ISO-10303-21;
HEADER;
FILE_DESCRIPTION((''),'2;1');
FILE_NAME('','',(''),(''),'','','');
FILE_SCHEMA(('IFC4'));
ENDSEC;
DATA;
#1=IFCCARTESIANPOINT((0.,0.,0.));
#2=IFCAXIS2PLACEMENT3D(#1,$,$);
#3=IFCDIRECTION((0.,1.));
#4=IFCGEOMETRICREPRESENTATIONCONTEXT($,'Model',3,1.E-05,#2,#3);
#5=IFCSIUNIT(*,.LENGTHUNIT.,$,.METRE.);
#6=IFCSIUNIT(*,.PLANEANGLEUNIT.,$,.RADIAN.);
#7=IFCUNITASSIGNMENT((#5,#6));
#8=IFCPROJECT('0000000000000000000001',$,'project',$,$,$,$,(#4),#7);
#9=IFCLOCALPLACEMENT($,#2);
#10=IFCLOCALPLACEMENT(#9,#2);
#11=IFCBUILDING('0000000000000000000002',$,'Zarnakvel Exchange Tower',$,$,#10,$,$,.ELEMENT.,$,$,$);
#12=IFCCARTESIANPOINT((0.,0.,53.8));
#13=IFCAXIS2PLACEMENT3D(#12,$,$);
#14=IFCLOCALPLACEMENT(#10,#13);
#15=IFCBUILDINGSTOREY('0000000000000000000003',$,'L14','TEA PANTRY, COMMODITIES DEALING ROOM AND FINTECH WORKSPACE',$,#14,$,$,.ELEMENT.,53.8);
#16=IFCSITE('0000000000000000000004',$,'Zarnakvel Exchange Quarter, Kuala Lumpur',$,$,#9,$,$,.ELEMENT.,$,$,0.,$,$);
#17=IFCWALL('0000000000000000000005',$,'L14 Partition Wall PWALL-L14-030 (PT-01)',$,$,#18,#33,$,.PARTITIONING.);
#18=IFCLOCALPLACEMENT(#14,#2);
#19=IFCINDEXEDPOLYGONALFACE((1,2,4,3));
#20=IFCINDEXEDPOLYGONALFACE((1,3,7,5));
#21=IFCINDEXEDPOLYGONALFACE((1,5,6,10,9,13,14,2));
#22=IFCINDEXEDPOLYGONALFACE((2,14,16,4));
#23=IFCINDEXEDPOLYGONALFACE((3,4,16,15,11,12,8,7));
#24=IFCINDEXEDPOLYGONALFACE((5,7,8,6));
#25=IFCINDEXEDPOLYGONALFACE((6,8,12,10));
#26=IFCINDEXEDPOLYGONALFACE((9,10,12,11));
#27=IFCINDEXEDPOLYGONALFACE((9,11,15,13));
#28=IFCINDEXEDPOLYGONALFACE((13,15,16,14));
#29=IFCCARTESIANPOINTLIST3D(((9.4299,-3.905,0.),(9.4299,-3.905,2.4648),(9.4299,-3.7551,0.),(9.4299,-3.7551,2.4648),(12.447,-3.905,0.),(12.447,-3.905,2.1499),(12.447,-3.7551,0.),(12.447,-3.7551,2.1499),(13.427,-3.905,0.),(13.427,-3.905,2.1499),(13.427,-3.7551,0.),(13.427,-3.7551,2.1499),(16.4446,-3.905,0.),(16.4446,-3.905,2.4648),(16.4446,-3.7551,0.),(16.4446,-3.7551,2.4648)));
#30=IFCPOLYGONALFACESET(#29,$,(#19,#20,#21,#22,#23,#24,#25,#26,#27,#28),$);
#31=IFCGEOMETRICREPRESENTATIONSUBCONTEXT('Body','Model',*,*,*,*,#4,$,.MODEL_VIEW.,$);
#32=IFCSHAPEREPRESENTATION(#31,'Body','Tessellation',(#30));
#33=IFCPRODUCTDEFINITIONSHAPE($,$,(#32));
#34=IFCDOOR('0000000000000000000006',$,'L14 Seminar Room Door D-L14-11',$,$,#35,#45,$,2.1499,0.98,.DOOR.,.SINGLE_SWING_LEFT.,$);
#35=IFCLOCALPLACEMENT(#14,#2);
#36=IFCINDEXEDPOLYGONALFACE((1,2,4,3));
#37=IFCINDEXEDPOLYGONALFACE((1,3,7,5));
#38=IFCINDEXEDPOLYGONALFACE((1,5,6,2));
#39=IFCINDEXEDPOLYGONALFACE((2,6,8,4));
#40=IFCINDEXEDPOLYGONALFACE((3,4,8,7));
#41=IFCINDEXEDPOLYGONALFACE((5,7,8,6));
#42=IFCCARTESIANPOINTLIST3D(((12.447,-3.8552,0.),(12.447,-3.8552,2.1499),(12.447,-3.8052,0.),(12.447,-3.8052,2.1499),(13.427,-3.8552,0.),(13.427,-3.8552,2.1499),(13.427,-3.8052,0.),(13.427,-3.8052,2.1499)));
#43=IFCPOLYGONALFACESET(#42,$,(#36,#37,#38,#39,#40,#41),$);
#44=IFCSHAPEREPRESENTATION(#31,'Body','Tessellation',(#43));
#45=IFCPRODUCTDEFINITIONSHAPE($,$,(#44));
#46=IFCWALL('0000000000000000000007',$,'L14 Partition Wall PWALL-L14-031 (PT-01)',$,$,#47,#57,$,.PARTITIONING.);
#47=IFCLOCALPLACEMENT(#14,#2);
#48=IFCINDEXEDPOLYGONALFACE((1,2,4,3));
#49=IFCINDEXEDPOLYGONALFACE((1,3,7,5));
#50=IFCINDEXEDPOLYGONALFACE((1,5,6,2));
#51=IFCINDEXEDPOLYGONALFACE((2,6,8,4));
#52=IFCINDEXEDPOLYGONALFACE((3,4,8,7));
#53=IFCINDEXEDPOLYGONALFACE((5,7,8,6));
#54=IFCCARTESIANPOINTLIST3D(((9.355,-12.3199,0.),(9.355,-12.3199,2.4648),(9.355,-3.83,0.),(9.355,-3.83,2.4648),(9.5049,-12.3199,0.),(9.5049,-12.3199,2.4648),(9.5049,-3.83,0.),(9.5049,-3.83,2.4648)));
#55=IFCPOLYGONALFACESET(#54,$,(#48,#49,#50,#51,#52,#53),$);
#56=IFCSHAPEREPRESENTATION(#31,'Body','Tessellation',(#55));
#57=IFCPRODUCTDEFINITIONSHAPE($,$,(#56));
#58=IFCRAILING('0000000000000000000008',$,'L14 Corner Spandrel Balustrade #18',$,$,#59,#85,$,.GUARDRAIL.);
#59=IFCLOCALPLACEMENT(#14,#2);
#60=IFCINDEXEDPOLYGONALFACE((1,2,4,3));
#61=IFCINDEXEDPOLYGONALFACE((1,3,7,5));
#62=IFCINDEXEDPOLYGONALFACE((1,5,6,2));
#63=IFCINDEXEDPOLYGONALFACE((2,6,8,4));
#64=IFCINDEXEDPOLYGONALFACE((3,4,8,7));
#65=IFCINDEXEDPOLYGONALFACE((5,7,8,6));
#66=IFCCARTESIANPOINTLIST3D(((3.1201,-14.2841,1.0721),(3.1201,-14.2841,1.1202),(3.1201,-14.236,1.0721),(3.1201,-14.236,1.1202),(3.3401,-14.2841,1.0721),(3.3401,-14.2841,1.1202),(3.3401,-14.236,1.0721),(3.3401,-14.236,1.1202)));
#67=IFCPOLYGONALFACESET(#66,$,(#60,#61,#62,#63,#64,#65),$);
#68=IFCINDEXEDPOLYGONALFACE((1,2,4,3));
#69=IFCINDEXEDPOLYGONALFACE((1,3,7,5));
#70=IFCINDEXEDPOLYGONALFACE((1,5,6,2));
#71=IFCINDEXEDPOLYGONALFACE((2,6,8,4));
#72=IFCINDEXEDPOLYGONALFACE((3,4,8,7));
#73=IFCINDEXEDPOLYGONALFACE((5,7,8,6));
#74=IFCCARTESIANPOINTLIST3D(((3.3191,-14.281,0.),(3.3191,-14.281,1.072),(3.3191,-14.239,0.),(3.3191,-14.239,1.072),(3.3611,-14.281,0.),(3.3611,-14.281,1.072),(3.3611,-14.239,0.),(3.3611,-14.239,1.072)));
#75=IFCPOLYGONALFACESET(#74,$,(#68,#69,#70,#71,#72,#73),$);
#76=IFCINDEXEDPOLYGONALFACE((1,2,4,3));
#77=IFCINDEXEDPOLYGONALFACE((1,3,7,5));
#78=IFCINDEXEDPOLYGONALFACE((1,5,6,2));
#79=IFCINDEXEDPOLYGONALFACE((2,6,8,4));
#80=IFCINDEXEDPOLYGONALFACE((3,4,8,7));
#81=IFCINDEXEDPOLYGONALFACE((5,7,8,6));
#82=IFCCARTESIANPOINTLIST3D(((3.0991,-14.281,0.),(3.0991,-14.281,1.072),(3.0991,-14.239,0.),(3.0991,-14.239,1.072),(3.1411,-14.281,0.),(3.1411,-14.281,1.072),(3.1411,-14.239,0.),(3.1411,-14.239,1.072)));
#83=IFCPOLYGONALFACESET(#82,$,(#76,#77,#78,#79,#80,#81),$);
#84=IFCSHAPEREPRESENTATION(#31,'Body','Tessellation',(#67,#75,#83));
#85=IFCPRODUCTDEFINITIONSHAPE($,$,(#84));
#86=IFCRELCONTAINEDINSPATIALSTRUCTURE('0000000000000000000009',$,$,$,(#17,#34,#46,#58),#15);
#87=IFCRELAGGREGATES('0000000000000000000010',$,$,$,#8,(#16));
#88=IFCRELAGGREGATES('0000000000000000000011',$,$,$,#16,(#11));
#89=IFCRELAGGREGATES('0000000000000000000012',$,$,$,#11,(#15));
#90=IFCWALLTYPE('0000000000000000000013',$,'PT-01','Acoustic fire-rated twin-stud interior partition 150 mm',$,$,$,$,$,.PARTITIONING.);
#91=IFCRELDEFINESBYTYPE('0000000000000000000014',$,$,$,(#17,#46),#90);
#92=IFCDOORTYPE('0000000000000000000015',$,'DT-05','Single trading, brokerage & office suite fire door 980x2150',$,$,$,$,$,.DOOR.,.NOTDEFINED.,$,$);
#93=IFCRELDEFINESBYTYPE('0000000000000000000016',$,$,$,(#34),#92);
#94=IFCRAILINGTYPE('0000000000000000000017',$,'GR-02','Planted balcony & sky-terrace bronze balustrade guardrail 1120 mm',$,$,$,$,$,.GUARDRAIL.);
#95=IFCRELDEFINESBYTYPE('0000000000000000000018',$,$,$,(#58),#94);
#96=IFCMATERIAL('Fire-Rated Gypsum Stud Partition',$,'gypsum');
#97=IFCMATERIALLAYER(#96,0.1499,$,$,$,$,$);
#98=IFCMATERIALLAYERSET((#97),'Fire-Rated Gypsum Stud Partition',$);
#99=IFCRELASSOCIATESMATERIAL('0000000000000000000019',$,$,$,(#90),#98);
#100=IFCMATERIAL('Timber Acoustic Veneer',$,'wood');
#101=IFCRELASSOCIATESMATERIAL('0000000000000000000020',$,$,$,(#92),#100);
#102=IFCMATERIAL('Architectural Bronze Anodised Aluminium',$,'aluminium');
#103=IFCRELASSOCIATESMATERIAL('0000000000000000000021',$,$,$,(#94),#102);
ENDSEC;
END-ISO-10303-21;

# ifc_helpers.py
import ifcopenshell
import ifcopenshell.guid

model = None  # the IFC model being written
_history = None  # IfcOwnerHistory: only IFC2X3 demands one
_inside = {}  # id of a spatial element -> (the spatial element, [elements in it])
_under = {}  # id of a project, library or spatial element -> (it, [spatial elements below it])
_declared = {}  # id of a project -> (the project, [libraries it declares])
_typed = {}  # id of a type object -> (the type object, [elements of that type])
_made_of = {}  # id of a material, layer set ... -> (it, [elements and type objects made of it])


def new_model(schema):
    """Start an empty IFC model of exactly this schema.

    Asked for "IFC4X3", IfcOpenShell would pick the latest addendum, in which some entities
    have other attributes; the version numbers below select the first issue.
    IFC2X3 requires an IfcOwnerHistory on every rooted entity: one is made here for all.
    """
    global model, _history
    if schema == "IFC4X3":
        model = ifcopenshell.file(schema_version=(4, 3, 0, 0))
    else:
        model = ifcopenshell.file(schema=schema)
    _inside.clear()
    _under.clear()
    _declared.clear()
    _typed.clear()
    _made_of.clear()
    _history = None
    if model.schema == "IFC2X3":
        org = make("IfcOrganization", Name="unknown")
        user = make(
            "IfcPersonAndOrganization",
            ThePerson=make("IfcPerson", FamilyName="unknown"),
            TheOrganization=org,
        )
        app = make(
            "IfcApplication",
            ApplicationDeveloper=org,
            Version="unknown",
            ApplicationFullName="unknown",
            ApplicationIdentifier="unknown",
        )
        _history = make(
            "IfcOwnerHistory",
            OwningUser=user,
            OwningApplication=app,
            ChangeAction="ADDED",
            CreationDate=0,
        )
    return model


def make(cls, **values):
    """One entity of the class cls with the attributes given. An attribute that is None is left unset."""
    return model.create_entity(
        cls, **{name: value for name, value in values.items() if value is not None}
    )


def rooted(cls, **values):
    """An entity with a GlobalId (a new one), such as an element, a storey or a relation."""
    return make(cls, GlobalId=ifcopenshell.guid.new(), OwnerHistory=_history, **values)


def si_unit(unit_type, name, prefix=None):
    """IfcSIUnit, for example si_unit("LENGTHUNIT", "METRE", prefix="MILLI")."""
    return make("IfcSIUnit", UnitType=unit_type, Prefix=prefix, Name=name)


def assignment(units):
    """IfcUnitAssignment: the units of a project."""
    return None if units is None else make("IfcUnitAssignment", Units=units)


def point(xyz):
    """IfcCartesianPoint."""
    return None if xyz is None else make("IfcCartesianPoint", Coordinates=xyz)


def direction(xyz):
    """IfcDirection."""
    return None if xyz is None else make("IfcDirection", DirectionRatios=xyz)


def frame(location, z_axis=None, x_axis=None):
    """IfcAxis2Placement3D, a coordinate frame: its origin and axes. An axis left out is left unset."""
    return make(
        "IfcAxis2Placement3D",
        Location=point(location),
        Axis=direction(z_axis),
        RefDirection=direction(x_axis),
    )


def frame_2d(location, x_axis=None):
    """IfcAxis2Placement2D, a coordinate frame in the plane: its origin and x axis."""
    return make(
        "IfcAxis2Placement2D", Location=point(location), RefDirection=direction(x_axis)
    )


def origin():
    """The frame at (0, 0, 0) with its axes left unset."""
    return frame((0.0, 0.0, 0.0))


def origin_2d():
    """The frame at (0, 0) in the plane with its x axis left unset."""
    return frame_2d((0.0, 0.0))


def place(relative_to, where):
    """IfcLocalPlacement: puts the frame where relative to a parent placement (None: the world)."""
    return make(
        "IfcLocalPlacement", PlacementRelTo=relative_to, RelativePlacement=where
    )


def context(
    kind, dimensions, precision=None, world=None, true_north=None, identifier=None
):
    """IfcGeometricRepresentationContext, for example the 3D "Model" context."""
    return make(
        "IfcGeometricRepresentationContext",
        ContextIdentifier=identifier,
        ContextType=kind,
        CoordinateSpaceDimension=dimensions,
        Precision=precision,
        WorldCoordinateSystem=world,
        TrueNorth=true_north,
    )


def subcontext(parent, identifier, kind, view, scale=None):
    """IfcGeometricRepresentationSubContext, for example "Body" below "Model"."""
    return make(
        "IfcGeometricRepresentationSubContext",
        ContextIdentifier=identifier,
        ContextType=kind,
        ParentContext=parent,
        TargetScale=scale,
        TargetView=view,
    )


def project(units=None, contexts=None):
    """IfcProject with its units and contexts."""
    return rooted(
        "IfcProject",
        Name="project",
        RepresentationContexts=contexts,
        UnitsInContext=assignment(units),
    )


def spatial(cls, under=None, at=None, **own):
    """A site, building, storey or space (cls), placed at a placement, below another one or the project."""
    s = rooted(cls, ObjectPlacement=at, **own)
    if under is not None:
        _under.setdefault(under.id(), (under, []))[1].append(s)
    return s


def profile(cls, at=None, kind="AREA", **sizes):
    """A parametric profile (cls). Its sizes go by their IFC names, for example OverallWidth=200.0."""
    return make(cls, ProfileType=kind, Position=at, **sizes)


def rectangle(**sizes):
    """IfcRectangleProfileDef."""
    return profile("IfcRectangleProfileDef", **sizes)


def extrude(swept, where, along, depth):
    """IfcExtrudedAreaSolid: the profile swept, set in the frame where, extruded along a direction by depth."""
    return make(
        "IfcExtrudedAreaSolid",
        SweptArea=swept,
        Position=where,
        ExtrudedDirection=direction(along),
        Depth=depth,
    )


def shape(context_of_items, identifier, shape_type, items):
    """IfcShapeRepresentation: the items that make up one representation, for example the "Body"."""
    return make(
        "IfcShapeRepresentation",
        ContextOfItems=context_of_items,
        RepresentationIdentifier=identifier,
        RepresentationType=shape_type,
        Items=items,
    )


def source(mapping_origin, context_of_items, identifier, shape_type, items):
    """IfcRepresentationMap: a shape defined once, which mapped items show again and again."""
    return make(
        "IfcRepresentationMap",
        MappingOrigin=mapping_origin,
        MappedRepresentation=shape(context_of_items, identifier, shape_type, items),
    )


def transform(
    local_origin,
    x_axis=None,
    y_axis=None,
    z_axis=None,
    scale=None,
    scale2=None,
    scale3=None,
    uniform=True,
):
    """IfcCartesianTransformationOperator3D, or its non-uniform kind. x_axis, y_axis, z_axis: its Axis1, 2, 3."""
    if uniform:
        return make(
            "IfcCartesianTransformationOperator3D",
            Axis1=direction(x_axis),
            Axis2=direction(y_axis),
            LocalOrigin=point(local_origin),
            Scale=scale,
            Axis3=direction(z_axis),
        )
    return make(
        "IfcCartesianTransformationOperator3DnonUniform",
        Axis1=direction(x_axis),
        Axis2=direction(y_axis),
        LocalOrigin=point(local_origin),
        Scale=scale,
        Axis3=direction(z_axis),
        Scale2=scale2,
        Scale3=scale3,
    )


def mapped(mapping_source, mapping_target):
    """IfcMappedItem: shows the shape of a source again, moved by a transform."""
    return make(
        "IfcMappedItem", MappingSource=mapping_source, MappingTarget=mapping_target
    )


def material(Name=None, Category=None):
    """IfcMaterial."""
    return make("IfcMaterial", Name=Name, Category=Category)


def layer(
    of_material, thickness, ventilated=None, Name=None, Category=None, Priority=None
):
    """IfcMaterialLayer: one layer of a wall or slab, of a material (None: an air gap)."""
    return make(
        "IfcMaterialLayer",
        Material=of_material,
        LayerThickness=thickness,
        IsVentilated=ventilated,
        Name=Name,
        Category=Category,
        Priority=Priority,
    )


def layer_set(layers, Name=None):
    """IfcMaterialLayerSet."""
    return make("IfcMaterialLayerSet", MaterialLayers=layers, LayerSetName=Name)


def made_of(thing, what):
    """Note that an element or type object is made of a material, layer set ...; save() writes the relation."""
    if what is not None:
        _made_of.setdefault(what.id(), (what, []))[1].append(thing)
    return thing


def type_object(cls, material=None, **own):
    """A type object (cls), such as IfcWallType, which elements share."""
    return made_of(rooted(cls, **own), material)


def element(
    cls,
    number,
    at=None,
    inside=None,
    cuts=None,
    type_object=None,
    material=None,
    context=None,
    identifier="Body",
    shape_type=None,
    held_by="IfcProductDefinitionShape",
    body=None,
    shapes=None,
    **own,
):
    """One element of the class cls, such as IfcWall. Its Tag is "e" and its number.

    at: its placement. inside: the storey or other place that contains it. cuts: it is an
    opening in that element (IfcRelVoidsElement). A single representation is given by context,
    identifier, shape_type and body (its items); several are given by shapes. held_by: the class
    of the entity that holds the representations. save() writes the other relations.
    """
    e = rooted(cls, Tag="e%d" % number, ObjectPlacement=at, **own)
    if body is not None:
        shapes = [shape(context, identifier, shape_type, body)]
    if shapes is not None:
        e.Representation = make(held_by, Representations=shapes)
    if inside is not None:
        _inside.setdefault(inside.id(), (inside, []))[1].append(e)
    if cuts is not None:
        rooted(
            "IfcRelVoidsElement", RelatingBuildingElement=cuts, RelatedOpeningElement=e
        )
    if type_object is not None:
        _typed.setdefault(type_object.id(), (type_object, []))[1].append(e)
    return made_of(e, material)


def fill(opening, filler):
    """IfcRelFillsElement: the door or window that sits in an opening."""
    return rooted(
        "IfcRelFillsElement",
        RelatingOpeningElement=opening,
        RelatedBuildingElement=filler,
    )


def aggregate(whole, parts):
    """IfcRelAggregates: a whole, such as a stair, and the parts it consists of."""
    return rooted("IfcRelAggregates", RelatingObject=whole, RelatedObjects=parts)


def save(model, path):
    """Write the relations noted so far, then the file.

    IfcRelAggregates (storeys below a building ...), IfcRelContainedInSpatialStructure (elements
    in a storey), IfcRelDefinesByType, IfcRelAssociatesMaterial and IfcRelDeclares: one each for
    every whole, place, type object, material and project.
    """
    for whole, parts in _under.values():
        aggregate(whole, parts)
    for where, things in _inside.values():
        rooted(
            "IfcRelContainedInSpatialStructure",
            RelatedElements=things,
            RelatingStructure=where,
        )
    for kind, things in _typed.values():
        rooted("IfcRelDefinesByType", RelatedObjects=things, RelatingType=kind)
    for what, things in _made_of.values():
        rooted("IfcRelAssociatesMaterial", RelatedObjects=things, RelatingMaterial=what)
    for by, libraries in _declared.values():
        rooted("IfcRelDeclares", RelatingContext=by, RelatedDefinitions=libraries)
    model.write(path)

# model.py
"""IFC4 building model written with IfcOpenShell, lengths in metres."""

from ifc_helpers import new_model, si_unit, direction, frame, frame_2d, origin, origin_2d, place, context, subcontext, project, spatial, rectangle, extrude, source, transform, mapped, material, layer, layer_set, type_object, element, fill, save


model = new_model("IFC4")

# Units and contexts
model_context = context("Model", 3, precision=1e-05, world=origin(), true_north=direction((0.0, 1.0)))
body_context = subcontext(model_context, "Body", "Model", "MODEL_VIEW")
ifc_project = project(units=[si_unit("LENGTHUNIT", "METRE"), si_unit("PLANEANGLEUNIT", "RADIAN")], contexts=[model_context])

# Site, building, storey
site_placement = place(None, origin())
site = spatial("IfcSite", under=ifc_project, at=site_placement, Name="Zarnakvel Exchange Quarter, Kuala Lumpur", CompositionType="ELEMENT", RefElevation=0.0)
building_placement = place(site_placement, origin())
building = spatial("IfcBuilding", under=site, at=building_placement, Name="Zarnakvel Exchange Tower", CompositionType="ELEMENT")
storey_placement = place(building_placement, frame((0.0, 0.0, 53.8)))
storey = spatial("IfcBuildingStorey", under=building, at=storey_placement, Name="L14", Description="TEA PANTRY, COMMODITIES DEALING ROOM AND FINTECH WORKSPACE", CompositionType="ELEMENT", Elevation=53.8)

# Shared definitions
ifc_material_1 = material(Name="Architectural Bronze Anodised Aluminium", Category="aluminium")

# Wall, opening, door
ifc_material_2 = material(Name="Fire-Rated Gypsum Stud Partition", Category="gypsum")
ifc_layer_1 = layer(ifc_material_2, 0.1499)
ifc_layer_set_1 = layer_set([ifc_layer_1], Name="Fire-Rated Gypsum Stud Partition")
wall_type_1 = type_object("IfcWallType", Name="PT-01", Description="Acoustic fire-rated twin-stud interior partition 150 mm", PredefinedType="PARTITIONING", material=ifc_layer_set_1)
wall_1_placement = place(storey_placement, frame((9.4299, -3.8301, 0.0), z_axis=(0.0, 0.0, 1.0), x_axis=(1.0, 0.0, 0.0)))
wall_1 = element("IfcWall", 1, at=wall_1_placement, inside=storey, type_object=wall_type_1, Name="L14 Partition Wall PWALL-L14-030 (PT-01)", PredefinedType="PARTITIONING", context=body_context, shape_type="SweptSolid", body=[
    extrude(rectangle(XDim=7.0146, YDim=0.1499, at=frame_2d((3.5073, 0.0))), origin(), (0.0, 0.0, 1.0), 2.4648),
])
opening_1_placement = place(wall_1_placement, frame((3.0171, 0.0, 0.0)))
opening_1 = element("IfcOpeningElement", 2, at=opening_1_placement, cuts=wall_1, PredefinedType="OPENING", context=body_context, shape_type="SweptSolid", body=[
    extrude(rectangle(XDim=0.98, YDim=2.1499, at=frame_2d((0.49, 1.075))), frame((0.0, 0.085, 0.0), z_axis=(0.0, -1.0, 0.0), x_axis=(1.0, 0.0, 0.0)), (0.0, 0.0, 1.0), 0.1699),
])
ifc_material_3 = material(Name="Timber Acoustic Veneer", Category="wood")
door_type_1 = type_object("IfcDoorType", Name="DT-05", Description="Single trading, brokerage & office suite fire door 980x2150", OperationType="NOTDEFINED", PredefinedType="DOOR", material=ifc_material_3)
shared_shape_1 = source(origin(), body_context, "Body", "SweptSolid", [
    extrude(rectangle(XDim=0.98, YDim=2.1499, at=frame_2d((0.49, 1.075))), frame((0.0, 0.0249, 0.0), z_axis=(0.0, -1.0, 0.0), x_axis=(1.0, 0.0, 0.0)), (0.0, 0.0, 1.0), 0.05),
])
door_1_placement = place(opening_1_placement, origin())
door_1 = element("IfcDoor", 3, at=door_1_placement, inside=storey, type_object=door_type_1, Name="L14 Seminar Room Door D-L14-11", OperationType="SINGLE_SWING_LEFT", OverallHeight=2.1499, OverallWidth=0.98, PredefinedType="DOOR", context=body_context, shape_type="MappedRepresentation", body=[
    mapped(shared_shape_1, transform((0.0, 0.0, 0.0), x_axis=(1.0, 0.0, 0.0), y_axis=(0.0, 1.0, 0.0), z_axis=(0.0, 0.0, 1.0), scale=1.0)),
])
fill(opening_1, door_1)

# Wall
wall_2_placement = place(storey_placement, frame((9.4299, -12.3201, 0.0), z_axis=(0.0, 0.0, 1.0), x_axis=(0.0, 1.0, 0.0)))
element("IfcWall", 4, at=wall_2_placement, inside=storey, type_object=wall_type_1, Name="L14 Partition Wall PWALL-L14-031 (PT-01)", PredefinedType="PARTITIONING", context=body_context, shape_type="SweptSolid", body=[
    extrude(rectangle(XDim=8.49, YDim=0.1499, at=frame_2d((4.2451, 0.0))), origin(), (0.0, 0.0, 1.0), 2.4648),
])

# Railing
railing_type = type_object("IfcRailingType", Name="GR-02", Description="Planted balcony & sky-terrace bronze balustrade guardrail 1120 mm", PredefinedType="GUARDRAIL", material=ifc_material_1)
railing_placement = place(storey_placement, frame((3.3401, -14.26, 0.0)))
element("IfcRailing", 5, at=railing_placement, inside=storey, type_object=railing_type, Name="L14 Corner Spandrel Balustrade #18", PredefinedType="GUARDRAIL", context=body_context, shape_type="SweptSolid", body=[
    extrude(rectangle(XDim=0.0481, YDim=0.0481, at=origin_2d()), frame((0.0, 0.0, 1.0962), z_axis=(-1.0, 0.0, 0.0), x_axis=(0.0, -1.0, 0.0)), (0.0, 0.0, 1.0), 0.22),
    extrude(rectangle(XDim=0.042, YDim=0.042, at=origin_2d()), origin(), (0.0, 0.0, 1.0), 1.072),
    extrude(rectangle(XDim=0.042, YDim=0.042, at=origin_2d()), frame((-0.22, 0.0, 0.0)), (0.0, 0.0, 1.0), 1.072),
])

save(model, "model.ifc")
